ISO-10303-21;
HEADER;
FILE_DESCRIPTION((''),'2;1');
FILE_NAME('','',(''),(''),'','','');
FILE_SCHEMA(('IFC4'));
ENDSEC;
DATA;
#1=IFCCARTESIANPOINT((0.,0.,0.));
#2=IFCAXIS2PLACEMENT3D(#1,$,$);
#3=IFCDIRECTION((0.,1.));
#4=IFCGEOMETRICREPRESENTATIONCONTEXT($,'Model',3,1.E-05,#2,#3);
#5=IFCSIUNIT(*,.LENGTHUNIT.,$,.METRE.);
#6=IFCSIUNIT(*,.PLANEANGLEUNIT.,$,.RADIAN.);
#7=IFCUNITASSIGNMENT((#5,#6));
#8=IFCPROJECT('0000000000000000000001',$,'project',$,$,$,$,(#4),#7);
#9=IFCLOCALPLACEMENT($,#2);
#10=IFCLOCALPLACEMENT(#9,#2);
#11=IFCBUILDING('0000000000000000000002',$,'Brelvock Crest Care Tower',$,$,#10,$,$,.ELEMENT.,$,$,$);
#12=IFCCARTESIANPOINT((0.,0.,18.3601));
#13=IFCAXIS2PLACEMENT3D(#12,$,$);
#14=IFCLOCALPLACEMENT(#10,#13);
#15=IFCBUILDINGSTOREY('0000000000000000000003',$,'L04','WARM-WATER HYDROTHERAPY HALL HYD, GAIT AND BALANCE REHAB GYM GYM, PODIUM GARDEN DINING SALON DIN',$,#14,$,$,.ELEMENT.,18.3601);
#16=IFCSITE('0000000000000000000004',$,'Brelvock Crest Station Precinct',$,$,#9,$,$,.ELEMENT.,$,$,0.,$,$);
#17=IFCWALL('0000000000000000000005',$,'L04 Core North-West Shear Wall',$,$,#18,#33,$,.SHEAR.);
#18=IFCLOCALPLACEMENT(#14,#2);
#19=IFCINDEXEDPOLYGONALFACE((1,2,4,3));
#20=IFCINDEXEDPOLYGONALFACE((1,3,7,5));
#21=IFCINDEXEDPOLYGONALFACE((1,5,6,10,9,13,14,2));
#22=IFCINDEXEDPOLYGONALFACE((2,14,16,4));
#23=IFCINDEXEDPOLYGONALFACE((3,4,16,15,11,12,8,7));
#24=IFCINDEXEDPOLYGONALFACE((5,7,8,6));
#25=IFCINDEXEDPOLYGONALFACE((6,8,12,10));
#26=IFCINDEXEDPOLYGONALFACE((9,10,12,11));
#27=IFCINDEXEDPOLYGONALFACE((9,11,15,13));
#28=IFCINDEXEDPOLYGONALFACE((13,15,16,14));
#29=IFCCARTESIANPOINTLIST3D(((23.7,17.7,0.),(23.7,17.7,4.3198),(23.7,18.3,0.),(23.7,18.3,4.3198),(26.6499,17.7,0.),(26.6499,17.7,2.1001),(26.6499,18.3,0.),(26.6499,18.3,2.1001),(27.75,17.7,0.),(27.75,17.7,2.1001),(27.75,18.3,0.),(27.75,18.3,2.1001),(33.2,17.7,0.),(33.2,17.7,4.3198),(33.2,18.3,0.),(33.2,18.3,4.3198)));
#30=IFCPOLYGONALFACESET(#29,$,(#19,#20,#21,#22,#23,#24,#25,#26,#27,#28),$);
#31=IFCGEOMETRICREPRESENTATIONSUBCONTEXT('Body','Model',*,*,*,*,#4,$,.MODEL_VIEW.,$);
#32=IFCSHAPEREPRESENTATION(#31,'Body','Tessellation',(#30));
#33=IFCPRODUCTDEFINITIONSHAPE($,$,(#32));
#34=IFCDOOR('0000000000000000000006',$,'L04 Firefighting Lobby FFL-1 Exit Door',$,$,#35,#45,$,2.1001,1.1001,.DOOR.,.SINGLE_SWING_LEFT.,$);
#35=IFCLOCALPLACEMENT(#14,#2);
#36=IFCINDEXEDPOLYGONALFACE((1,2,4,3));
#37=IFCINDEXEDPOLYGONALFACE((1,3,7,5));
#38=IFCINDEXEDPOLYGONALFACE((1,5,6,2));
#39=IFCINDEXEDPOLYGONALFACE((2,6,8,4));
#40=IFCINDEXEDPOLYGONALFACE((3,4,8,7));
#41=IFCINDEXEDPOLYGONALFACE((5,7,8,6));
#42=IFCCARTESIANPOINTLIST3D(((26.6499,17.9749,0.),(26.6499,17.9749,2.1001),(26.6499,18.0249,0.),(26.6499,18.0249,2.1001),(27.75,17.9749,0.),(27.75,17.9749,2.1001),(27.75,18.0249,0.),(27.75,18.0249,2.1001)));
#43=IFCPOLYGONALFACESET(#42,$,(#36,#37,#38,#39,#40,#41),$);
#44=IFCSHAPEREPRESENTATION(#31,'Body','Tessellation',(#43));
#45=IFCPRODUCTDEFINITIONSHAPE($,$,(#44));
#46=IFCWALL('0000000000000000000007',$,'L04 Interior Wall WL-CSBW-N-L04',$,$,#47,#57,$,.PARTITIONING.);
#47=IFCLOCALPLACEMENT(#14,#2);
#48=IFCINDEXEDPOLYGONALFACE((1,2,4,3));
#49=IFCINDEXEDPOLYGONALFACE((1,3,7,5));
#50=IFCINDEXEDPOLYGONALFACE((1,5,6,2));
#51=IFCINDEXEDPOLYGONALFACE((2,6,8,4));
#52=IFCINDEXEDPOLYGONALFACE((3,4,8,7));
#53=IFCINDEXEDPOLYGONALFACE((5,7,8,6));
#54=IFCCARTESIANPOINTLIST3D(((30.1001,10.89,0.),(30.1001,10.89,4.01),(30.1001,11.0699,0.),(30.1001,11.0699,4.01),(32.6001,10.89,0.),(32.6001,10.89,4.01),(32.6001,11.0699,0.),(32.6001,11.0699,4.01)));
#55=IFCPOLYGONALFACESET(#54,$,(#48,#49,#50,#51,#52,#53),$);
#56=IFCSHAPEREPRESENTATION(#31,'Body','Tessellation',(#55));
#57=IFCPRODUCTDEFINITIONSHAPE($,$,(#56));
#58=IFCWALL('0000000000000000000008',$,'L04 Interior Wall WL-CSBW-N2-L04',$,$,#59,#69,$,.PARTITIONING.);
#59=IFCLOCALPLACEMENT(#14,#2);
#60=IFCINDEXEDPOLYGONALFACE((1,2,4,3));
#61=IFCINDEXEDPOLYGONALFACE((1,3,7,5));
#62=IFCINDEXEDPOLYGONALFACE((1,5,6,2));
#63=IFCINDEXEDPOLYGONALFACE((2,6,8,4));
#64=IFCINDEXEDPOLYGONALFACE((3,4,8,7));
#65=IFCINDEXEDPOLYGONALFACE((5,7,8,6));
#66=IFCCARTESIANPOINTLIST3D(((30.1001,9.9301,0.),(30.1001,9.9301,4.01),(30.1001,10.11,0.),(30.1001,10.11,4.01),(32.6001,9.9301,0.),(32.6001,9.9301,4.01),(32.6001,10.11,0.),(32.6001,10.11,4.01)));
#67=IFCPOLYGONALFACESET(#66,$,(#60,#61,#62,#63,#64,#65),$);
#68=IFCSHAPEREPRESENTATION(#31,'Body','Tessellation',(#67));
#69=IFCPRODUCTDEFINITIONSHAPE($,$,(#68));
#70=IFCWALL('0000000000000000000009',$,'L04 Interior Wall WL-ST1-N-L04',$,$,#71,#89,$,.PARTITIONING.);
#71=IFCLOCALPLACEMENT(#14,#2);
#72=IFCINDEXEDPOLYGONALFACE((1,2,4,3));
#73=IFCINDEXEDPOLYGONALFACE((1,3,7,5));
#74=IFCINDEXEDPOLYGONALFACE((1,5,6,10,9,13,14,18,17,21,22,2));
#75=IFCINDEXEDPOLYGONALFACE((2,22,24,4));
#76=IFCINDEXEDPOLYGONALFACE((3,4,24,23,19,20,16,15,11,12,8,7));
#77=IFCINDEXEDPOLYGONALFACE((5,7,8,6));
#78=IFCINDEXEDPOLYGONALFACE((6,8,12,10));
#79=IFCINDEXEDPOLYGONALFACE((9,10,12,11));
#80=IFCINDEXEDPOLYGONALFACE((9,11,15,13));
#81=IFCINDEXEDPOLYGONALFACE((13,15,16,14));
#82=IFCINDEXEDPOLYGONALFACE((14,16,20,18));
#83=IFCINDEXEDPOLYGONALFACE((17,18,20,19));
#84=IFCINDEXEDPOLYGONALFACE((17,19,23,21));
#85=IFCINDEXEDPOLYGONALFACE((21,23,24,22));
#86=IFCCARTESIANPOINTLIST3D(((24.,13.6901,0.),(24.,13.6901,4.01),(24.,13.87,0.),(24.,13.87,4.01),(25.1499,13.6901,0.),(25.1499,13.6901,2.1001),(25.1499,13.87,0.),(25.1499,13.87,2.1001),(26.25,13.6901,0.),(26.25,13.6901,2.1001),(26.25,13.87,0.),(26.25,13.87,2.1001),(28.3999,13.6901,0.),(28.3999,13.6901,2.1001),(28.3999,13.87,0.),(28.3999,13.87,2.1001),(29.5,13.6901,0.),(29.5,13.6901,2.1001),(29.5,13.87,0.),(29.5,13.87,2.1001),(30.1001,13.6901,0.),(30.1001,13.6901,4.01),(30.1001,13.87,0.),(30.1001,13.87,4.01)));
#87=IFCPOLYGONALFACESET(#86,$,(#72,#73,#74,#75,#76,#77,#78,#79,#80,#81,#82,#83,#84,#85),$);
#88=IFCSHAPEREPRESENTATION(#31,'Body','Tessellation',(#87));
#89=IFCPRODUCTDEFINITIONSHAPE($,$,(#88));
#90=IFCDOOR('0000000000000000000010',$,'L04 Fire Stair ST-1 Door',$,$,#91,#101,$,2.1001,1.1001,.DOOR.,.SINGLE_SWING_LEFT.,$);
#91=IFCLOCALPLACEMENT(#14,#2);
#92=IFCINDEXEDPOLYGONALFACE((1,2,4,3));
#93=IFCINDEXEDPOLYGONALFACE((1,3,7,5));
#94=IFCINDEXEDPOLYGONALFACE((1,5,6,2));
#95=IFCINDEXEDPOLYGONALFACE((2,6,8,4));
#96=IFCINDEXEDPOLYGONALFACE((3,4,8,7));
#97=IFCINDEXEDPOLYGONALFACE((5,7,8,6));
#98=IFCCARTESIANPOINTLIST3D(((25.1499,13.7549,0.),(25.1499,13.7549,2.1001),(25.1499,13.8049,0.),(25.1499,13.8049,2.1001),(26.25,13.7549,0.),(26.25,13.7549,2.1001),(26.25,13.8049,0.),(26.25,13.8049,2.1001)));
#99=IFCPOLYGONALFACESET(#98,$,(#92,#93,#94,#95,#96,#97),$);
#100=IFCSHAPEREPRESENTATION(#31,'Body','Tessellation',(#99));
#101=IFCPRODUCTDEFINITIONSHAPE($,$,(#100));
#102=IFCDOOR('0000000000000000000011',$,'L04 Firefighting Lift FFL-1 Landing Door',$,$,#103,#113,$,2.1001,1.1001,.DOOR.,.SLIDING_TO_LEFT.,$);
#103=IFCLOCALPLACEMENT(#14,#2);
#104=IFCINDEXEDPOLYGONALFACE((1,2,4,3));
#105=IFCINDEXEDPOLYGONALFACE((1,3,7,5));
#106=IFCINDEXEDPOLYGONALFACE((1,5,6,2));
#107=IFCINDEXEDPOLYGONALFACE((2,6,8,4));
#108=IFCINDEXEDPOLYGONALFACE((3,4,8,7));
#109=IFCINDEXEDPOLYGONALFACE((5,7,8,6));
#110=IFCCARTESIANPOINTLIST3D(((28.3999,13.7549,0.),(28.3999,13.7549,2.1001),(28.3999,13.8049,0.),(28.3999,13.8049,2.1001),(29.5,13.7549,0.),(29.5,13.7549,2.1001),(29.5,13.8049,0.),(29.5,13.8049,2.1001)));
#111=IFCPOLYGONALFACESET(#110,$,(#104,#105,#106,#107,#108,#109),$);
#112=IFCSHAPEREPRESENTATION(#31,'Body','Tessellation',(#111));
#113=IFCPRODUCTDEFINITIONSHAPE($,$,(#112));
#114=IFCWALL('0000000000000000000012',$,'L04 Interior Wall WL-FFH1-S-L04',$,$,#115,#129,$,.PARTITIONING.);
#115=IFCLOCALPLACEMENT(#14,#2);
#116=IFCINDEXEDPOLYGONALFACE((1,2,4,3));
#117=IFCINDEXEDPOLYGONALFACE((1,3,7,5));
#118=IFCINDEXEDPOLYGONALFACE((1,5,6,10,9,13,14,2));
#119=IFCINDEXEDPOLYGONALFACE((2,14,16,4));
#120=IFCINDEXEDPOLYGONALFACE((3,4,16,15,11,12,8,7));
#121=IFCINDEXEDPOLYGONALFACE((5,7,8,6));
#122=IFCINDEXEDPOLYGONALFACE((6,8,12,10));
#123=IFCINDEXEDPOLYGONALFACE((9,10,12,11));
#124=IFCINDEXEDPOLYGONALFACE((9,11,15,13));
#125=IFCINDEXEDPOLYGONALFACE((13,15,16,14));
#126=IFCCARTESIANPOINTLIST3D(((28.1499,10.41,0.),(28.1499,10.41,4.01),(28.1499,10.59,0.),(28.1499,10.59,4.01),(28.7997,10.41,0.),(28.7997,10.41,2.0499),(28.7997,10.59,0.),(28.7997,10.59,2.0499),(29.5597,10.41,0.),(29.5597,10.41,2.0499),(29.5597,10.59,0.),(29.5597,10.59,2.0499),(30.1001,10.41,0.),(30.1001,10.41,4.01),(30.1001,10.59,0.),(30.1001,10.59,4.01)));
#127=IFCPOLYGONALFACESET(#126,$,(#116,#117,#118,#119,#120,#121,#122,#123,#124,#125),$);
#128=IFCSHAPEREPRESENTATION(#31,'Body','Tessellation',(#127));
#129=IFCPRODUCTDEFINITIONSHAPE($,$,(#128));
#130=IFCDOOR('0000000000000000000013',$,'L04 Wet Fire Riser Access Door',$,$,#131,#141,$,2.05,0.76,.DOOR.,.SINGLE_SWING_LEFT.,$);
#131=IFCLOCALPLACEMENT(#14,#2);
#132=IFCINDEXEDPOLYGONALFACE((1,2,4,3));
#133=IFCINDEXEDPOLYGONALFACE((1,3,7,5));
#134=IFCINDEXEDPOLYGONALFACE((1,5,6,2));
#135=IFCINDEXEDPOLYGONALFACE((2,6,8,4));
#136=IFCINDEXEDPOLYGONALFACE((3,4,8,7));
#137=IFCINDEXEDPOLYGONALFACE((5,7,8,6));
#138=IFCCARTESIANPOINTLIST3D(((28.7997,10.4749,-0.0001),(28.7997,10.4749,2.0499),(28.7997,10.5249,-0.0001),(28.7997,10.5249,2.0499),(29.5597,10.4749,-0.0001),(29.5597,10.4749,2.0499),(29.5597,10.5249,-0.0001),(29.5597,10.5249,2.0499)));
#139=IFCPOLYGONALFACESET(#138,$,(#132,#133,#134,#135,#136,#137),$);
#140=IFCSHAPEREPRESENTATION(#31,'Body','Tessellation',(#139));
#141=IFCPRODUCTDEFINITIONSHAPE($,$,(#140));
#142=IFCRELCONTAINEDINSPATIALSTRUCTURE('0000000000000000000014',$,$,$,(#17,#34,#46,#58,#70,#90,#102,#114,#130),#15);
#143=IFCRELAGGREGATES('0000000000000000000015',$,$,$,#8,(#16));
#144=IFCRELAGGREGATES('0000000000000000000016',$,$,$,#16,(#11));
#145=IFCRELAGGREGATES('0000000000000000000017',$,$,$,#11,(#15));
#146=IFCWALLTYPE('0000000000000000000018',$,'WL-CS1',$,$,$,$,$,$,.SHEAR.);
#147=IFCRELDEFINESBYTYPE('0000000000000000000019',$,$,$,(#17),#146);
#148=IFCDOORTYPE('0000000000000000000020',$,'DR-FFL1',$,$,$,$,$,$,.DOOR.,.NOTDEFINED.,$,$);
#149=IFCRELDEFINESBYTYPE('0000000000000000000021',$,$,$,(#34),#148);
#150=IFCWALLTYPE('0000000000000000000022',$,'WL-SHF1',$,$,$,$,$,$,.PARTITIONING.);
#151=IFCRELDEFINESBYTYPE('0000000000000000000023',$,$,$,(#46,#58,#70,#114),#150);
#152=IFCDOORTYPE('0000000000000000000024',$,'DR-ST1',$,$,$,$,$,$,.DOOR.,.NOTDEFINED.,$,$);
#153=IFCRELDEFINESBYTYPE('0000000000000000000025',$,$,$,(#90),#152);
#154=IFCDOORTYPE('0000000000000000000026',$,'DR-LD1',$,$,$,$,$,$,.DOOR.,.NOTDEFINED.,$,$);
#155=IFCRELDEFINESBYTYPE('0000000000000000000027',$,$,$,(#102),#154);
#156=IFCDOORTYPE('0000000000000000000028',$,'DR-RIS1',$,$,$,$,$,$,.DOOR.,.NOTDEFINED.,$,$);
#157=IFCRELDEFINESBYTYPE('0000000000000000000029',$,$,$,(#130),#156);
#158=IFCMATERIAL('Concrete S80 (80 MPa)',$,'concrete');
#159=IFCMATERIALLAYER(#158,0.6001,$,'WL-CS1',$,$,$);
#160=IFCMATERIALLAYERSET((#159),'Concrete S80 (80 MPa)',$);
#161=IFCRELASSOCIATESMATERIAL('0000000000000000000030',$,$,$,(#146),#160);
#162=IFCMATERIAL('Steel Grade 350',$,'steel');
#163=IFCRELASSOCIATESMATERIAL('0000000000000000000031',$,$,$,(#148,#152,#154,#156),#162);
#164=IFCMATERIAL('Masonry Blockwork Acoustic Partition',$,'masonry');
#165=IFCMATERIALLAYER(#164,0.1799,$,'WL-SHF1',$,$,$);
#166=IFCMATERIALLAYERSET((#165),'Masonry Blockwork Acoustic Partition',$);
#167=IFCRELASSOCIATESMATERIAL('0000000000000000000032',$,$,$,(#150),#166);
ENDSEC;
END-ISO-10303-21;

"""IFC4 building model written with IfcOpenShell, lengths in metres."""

from ifc_helpers import new_model, si_unit, direction, frame, frame_2d, origin, origin_2d, place, context, subcontext, project, spatial, rectangle, extrude, source, transform, mapped, material, layer, layer_set, type_object, element, fill, save


model = new_model("IFC4")

# Units and contexts
model_context = context("Model", 3, precision=1e-05, world=origin(), true_north=direction((0.0, 1.0)))
body_context = subcontext(model_context, "Body", "Model", "MODEL_VIEW")
ifc_project = project(units=[si_unit("LENGTHUNIT", "METRE"), si_unit("PLANEANGLEUNIT", "RADIAN")], contexts=[model_context])

# Site, building, storey
site_placement = place(None, origin())
site = spatial("IfcSite", under=ifc_project, at=site_placement, Name="Brelvock Crest Station Precinct", CompositionType="ELEMENT", RefElevation=0.0)
building_placement = place(site_placement, origin())
building = spatial("IfcBuilding", under=site, at=building_placement, Name="Brelvock Crest Care Tower", CompositionType="ELEMENT")
storey_placement = place(building_placement, frame((0.0, 0.0, 18.3601)))
storey = spatial("IfcBuildingStorey", under=building, at=storey_placement, Name="L04", Description="WARM-WATER HYDROTHERAPY HALL HYD, GAIT AND BALANCE REHAB GYM GYM, PODIUM GARDEN DINING SALON DIN", CompositionType="ELEMENT", Elevation=18.3601)

# Wall, opening, door
ifc_material_1 = material(Name="Concrete S80 (80 MPa)", Category="concrete")
ifc_layer_1 = layer(ifc_material_1, 0.6001, Name="WL-CS1")
ifc_layer_set_1 = layer_set([ifc_layer_1], Name="Concrete S80 (80 MPa)")
wall_type_1 = type_object("IfcWallType", Name="WL-CS1", PredefinedType="SHEAR", material=ifc_layer_set_1)
wall_1_placement = place(storey_placement, frame((23.7, 18.0, 0.0), z_axis=(0.0, 0.0, 1.0), x_axis=(1.0, 0.0, 0.0)))
wall_1 = element("IfcWall", 1, at=wall_1_placement, inside=storey, type_object=wall_type_1, Name="L04 Core North-West Shear Wall", PredefinedType="SHEAR", context=body_context, shape_type="SweptSolid", body=[
    extrude(rectangle(XDim=9.5, YDim=0.6001, at=frame_2d((4.75, 0.0))), origin(), (0.0, 0.0, 1.0), 4.3198),
])
opening_1_placement = place(wall_1_placement, frame((2.95, 0.0, 0.0)))
opening_1 = element("IfcOpeningElement", 2, at=opening_1_placement, cuts=wall_1, PredefinedType="OPENING", context=body_context, shape_type="SweptSolid", body=[
    extrude(rectangle(XDim=1.1001, YDim=2.1001, at=origin_2d()), frame((0.55, 0.3101, 1.05), z_axis=(0.0, -1.0, 0.0), x_axis=(1.0, 0.0, 0.0)), (0.0, 0.0, 1.0), 0.6201),
])
ifc_material_2 = material(Name="Steel Grade 350", Category="steel")
door_type_1 = type_object("IfcDoorType", Name="DR-FFL1", OperationType="NOTDEFINED", PredefinedType="DOOR", material=ifc_material_2)
shared_shape_1 = source(origin(), body_context, "Body", "SweptSolid", [
    extrude(rectangle(XDim=1.1001, YDim=2.1001, at=origin_2d()), frame((0.55, 0.0249, 1.05), z_axis=(0.0, -1.0, 0.0), x_axis=(1.0, 0.0, 0.0)), (0.0, 0.0, 1.0), 0.05),
])
door_1_placement = place(opening_1_placement, origin())
door_1 = element("IfcDoor", 3, at=door_1_placement, inside=storey, type_object=door_type_1, Name="L04 Firefighting Lobby FFL-1 Exit Door", OperationType="SINGLE_SWING_LEFT", OverallHeight=2.1001, OverallWidth=1.1001, PredefinedType="DOOR", context=body_context, shape_type="MappedRepresentation", body=[
    mapped(shared_shape_1, transform((0.0, 0.0, 0.0), x_axis=(1.0, 0.0, 0.0), y_axis=(0.0, 1.0, 0.0), z_axis=(0.0, 0.0, 1.0), scale=1.0)),
])
fill(opening_1, door_1)

# Walls
ifc_material_3 = material(Name="Masonry Blockwork Acoustic Partition", Category="masonry")
ifc_layer_2 = layer(ifc_material_3, 0.1799, Name="WL-SHF1")
ifc_layer_set_2 = layer_set([ifc_layer_2], Name="Masonry Blockwork Acoustic Partition")
wall_type_2 = type_object("IfcWallType", Name="WL-SHF1", PredefinedType="PARTITIONING", material=ifc_layer_set_2)
for number, where, z_axis, x_axis, name in (
    (4, (30.1001, 10.98, 0.0), (0.0, 0.0, 1.0), (1.0, 0.0, 0.0), "L04 Interior Wall WL-CSBW-N-L04"),
    (5, (30.1001, 10.02, 0.0), (0.0, 0.0, 1.0), (1.0, 0.0, 0.0), "L04 Interior Wall WL-CSBW-N2-L04"),
):
    element("IfcWall", number, at=place(storey_placement, frame(where, z_axis=z_axis, x_axis=x_axis)), inside=storey, type_object=wall_type_2, Name=name, PredefinedType="PARTITIONING", context=body_context, shape_type="SweptSolid", body=[
        extrude(rectangle(XDim=2.5, YDim=0.1799, at=frame_2d((1.25, 0.0))), origin(), (0.0, 0.0, 1.0), 4.01),
    ])

# Wall, openings, doors
wall_2_placement = place(storey_placement, frame((24.0, 13.78, 0.0), z_axis=(0.0, 0.0, 1.0), x_axis=(1.0, 0.0, 0.0)))
wall_2 = element("IfcWall", 6, at=wall_2_placement, inside=storey, type_object=wall_type_2, Name="L04 Interior Wall WL-ST1-N-L04", PredefinedType="PARTITIONING", context=body_context, shape_type="SweptSolid", body=[
    extrude(rectangle(XDim=6.1001, YDim=0.1799, at=frame_2d((3.05, 0.0))), origin(), (0.0, 0.0, 1.0), 4.01),
])
opening_2_placement = place(wall_2_placement, frame((1.1499, 0.0, 0.0)))
opening_2 = element("IfcOpeningElement", 7, at=opening_2_placement, cuts=wall_2, PredefinedType="OPENING", context=body_context, shape_type="SweptSolid", body=[
    extrude(rectangle(XDim=1.1001, YDim=2.1001, at=origin_2d()), frame((0.55, 0.1001, 1.05), z_axis=(0.0, -1.0, 0.0), x_axis=(1.0, 0.0, 0.0)), (0.0, 0.0, 1.0), 0.2),
])
opening_3_placement = place(wall_2_placement, frame((4.3999, 0.0, 0.0)))
opening_3 = element("IfcOpeningElement", 8, at=opening_3_placement, cuts=wall_2, PredefinedType="OPENING", context=body_context, shape_type="SweptSolid", body=[
    extrude(rectangle(XDim=1.1001, YDim=2.1001, at=origin_2d()), frame((0.55, 0.1001, 1.05), z_axis=(0.0, -1.0, 0.0), x_axis=(1.0, 0.0, 0.0)), (0.0, 0.0, 1.0), 0.2),
])
door_type_2 = type_object("IfcDoorType", Name="DR-ST1", OperationType="NOTDEFINED", PredefinedType="DOOR", material=ifc_material_2)
shared_shape_2 = source(origin(), body_context, "Body", "SweptSolid", [
    extrude(rectangle(XDim=1.1001, YDim=2.1001, at=origin_2d()), frame((0.55, 0.0249, 1.05), z_axis=(0.0, -1.0, 0.0), x_axis=(1.0, 0.0, 0.0)), (0.0, 0.0, 1.0), 0.05),
])
door_2_placement = place(opening_2_placement, origin())
door_2 = element("IfcDoor", 9, at=door_2_placement, inside=storey, type_object=door_type_2, Name="L04 Fire Stair ST-1 Door", OperationType="SINGLE_SWING_LEFT", OverallHeight=2.1001, OverallWidth=1.1001, PredefinedType="DOOR", context=body_context, shape_type="MappedRepresentation", body=[
    mapped(shared_shape_2, transform((0.0, 0.0, 0.0), x_axis=(1.0, 0.0, 0.0), y_axis=(0.0, 1.0, 0.0), z_axis=(0.0, 0.0, 1.0), scale=1.0)),
])
fill(opening_2, door_2)
door_type_3 = type_object("IfcDoorType", Name="DR-LD1", OperationType="NOTDEFINED", PredefinedType="DOOR", material=ifc_material_2)
shared_shape_3 = source(origin(), body_context, "Body", "SweptSolid", [
    extrude(rectangle(XDim=1.1001, YDim=2.1001, at=origin_2d()), frame((0.55, 0.0249, 1.05), z_axis=(0.0, -1.0, 0.0), x_axis=(1.0, 0.0, 0.0)), (0.0, 0.0, 1.0), 0.05),
])
door_3_placement = place(opening_3_placement, origin())
door_3 = element("IfcDoor", 10, at=door_3_placement, inside=storey, type_object=door_type_3, Name="L04 Firefighting Lift FFL-1 Landing Door", OperationType="SLIDING_TO_LEFT", OverallHeight=2.1001, OverallWidth=1.1001, PredefinedType="DOOR", context=body_context, shape_type="MappedRepresentation", body=[
    mapped(shared_shape_3, transform((0.0, 0.0, 0.0), x_axis=(1.0, 0.0, 0.0), y_axis=(0.0, 1.0, 0.0), z_axis=(0.0, 0.0, 1.0), scale=1.0)),
])
fill(opening_3, door_3)

# Wall, opening, door
wall_3_placement = place(storey_placement, frame((28.1499, 10.5, 0.0), z_axis=(0.0, 0.0, 1.0), x_axis=(1.0, 0.0, 0.0)))
wall_3 = element("IfcWall", 11, at=wall_3_placement, inside=storey, type_object=wall_type_2, Name="L04 Interior Wall WL-FFH1-S-L04", PredefinedType="PARTITIONING", context=body_context, shape_type="SweptSolid", body=[
    extrude(rectangle(XDim=1.9502, YDim=0.1799, at=frame_2d((0.9751, 0.0))), origin(), (0.0, 0.0, 1.0), 4.01),
])
opening_4_placement = place(wall_3_placement, frame((0.6499, 0.0, 0.0)))
opening_4 = element("IfcOpeningElement", 12, at=opening_4_placement, cuts=wall_3, PredefinedType="OPENING", context=body_context, shape_type="SweptSolid", body=[
    extrude(rectangle(XDim=0.76, YDim=2.05, at=origin_2d()), frame((0.3799, 0.1001, 1.0249), z_axis=(0.0, -1.0, 0.0), x_axis=(1.0, 0.0, 0.0)), (0.0, 0.0, 1.0), 0.2),
])
door_type_4 = type_object("IfcDoorType", Name="DR-RIS1", OperationType="NOTDEFINED", PredefinedType="DOOR", material=ifc_material_2)
shared_shape_4 = source(origin(), body_context, "Body", "SweptSolid", [
    extrude(rectangle(XDim=0.76, YDim=2.05, at=origin_2d()), frame((0.3799, 0.0249, 1.0249), z_axis=(0.0, -1.0, 0.0), x_axis=(1.0, 0.0, 0.0)), (0.0, 0.0, 1.0), 0.05),
])
door_4_placement = place(opening_4_placement, origin())
door_4 = element("IfcDoor", 13, at=door_4_placement, inside=storey, type_object=door_type_4, Name="L04 Wet Fire Riser Access Door", OperationType="SINGLE_SWING_LEFT", OverallHeight=2.05, OverallWidth=0.76, PredefinedType="DOOR", context=body_context, shape_type="MappedRepresentation", body=[
    mapped(shared_shape_4, transform((0.0, 0.0, 0.0), x_axis=(1.0, 0.0, 0.0), y_axis=(0.0, 1.0, 0.0), z_axis=(0.0, 0.0, 1.0), scale=1.0)),
])
fill(opening_4, door_4)

save(model, "model.ifc")
